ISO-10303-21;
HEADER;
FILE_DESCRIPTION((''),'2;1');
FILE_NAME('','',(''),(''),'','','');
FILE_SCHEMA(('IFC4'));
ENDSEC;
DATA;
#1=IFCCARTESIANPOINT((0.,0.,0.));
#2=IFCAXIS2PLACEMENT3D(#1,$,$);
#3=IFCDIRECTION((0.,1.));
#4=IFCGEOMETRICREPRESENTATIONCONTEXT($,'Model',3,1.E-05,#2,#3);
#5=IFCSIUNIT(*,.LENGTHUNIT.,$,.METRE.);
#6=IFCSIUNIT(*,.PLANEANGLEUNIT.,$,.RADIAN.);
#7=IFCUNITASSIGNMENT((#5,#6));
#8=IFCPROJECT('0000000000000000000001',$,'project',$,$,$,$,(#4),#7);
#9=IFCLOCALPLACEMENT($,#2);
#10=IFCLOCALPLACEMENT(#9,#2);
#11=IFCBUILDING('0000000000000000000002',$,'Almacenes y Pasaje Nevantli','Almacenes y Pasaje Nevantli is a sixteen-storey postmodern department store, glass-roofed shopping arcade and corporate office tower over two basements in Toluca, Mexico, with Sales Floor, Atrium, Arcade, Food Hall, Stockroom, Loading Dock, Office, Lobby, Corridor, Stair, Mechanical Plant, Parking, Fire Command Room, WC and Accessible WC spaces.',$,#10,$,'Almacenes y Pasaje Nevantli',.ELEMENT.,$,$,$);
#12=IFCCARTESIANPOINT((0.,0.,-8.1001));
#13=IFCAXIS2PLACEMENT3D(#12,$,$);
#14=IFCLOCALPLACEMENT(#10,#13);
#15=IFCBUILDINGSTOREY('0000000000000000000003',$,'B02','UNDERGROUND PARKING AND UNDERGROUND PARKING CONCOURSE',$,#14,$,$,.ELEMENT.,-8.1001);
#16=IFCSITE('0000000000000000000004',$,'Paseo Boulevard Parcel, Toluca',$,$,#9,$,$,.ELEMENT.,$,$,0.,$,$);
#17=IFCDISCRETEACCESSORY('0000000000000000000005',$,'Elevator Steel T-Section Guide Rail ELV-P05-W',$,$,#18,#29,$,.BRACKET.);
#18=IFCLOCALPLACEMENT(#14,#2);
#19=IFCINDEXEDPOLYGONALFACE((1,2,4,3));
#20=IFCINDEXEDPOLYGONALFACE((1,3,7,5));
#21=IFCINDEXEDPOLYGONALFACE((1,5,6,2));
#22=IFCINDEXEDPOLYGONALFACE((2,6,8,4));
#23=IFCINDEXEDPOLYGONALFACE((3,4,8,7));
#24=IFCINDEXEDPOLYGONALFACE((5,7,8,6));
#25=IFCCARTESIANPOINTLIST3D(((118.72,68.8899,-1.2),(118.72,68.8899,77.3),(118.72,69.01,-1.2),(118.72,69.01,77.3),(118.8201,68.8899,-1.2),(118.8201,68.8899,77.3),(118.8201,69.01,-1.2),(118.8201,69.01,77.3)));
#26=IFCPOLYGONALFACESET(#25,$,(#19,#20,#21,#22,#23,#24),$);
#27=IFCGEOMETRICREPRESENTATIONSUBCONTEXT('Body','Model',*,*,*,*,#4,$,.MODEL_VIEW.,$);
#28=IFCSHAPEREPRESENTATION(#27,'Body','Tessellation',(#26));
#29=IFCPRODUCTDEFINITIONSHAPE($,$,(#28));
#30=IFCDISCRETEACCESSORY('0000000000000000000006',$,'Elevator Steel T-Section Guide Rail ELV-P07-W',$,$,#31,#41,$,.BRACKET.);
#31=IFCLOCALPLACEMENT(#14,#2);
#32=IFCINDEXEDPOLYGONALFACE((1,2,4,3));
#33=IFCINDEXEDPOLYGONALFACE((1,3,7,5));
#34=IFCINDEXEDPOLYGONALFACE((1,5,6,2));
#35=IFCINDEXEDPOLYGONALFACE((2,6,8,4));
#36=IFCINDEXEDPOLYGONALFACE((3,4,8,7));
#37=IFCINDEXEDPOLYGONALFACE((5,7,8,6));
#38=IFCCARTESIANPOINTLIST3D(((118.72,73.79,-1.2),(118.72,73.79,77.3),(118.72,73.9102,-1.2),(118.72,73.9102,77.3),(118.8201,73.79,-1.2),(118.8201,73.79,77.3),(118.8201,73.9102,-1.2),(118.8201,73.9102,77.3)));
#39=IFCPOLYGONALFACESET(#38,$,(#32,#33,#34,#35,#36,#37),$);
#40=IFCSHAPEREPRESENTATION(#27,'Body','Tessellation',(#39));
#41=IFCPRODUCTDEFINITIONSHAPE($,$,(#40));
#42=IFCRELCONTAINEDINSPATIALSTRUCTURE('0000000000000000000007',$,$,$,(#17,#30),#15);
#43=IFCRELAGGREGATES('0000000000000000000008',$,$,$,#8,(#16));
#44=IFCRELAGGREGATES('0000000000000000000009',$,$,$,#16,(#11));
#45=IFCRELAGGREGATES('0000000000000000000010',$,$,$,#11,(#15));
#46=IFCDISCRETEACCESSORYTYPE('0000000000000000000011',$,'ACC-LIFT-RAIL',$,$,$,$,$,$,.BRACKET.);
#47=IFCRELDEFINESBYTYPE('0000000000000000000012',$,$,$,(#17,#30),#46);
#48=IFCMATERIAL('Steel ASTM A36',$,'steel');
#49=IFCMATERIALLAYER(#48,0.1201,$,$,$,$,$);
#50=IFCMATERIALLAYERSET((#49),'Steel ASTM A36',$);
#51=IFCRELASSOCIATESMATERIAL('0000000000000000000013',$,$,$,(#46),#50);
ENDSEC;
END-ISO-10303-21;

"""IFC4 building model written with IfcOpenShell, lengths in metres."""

from ifc_helpers import new_model, si_unit, direction, frame, origin, origin_2d, place, context, subcontext, project, spatial, rectangle, extrude, material, layer, layer_set, type_object, element, save


model = new_model("IFC4")

# Units and contexts
model_context = context("Model", 3, precision=1e-05, world=origin(), true_north=direction((0.0, 1.0)))
body_context = subcontext(model_context, "Body", "Model", "MODEL_VIEW")
ifc_project = project(units=[si_unit("LENGTHUNIT", "METRE"), si_unit("PLANEANGLEUNIT", "RADIAN")], contexts=[model_context])

# Site, building, storey
site_placement = place(None, origin())
site = spatial("IfcSite", under=ifc_project, at=site_placement, Name="Paseo Boulevard Parcel, Toluca", CompositionType="ELEMENT", RefElevation=0.0)
building_placement = place(site_placement, origin())
building = spatial("IfcBuilding", under=site, at=building_placement, Name="Almacenes y Pasaje Nevantli", Description="Almacenes y Pasaje Nevantli is a sixteen-storey postmodern department store, glass-roofed shopping arcade and corporate office tower over two basements in Toluca, Mexico, with Sales Floor, Atrium, Arcade, Food Hall, Stockroom, Loading Dock, Office, Lobby, Corridor, Stair, Mechanical Plant, Parking, Fire Command Room, WC and Accessible WC spaces.", LongName="Almacenes y Pasaje Nevantli", CompositionType="ELEMENT")
storey_placement = place(building_placement, frame((0.0, 0.0, -8.1001)))
storey = spatial("IfcBuildingStorey", under=building, at=storey_placement, Name="B02", Description="UNDERGROUND PARKING AND UNDERGROUND PARKING CONCOURSE", CompositionType="ELEMENT", Elevation=-8.1001)

# Discrete accessories
ifc_material_1 = material(Name="Steel ASTM A36", Category="steel")
ifc_layer_1 = layer(ifc_material_1, 0.1201)
ifc_layer_set_1 = layer_set([ifc_layer_1], Name="Steel ASTM A36")
discrete_accessory_type = type_object("IfcDiscreteAccessoryType", Name="ACC-LIFT-RAIL", PredefinedType="BRACKET", material=ifc_layer_set_1)
for number, where, z_axis, x_axis, name in (
    (1, (118.77, 68.95, -1.2), (0.0, 0.0, 1.0), (1.0, 0.0, 0.0), "Elevator Steel T-Section Guide Rail ELV-P05-W"),
    (2, (118.77, 73.8501, -1.2), (0.0, 0.0, 1.0), (1.0, 0.0, 0.0), "Elevator Steel T-Section Guide Rail ELV-P07-W"),
):
    element("IfcDiscreteAccessory", number, at=place(storey_placement, frame(where, z_axis=z_axis, x_axis=x_axis)), inside=storey, type_object=discrete_accessory_type, Name=name, PredefinedType="BRACKET", context=body_context, shape_type="SweptSolid", body=[
        extrude(rectangle(XDim=0.1001, YDim=0.1201, at=origin_2d()), origin(), (0.0, 0.0, 1.0), 78.5),
    ])

save(model, "model.ifc")
